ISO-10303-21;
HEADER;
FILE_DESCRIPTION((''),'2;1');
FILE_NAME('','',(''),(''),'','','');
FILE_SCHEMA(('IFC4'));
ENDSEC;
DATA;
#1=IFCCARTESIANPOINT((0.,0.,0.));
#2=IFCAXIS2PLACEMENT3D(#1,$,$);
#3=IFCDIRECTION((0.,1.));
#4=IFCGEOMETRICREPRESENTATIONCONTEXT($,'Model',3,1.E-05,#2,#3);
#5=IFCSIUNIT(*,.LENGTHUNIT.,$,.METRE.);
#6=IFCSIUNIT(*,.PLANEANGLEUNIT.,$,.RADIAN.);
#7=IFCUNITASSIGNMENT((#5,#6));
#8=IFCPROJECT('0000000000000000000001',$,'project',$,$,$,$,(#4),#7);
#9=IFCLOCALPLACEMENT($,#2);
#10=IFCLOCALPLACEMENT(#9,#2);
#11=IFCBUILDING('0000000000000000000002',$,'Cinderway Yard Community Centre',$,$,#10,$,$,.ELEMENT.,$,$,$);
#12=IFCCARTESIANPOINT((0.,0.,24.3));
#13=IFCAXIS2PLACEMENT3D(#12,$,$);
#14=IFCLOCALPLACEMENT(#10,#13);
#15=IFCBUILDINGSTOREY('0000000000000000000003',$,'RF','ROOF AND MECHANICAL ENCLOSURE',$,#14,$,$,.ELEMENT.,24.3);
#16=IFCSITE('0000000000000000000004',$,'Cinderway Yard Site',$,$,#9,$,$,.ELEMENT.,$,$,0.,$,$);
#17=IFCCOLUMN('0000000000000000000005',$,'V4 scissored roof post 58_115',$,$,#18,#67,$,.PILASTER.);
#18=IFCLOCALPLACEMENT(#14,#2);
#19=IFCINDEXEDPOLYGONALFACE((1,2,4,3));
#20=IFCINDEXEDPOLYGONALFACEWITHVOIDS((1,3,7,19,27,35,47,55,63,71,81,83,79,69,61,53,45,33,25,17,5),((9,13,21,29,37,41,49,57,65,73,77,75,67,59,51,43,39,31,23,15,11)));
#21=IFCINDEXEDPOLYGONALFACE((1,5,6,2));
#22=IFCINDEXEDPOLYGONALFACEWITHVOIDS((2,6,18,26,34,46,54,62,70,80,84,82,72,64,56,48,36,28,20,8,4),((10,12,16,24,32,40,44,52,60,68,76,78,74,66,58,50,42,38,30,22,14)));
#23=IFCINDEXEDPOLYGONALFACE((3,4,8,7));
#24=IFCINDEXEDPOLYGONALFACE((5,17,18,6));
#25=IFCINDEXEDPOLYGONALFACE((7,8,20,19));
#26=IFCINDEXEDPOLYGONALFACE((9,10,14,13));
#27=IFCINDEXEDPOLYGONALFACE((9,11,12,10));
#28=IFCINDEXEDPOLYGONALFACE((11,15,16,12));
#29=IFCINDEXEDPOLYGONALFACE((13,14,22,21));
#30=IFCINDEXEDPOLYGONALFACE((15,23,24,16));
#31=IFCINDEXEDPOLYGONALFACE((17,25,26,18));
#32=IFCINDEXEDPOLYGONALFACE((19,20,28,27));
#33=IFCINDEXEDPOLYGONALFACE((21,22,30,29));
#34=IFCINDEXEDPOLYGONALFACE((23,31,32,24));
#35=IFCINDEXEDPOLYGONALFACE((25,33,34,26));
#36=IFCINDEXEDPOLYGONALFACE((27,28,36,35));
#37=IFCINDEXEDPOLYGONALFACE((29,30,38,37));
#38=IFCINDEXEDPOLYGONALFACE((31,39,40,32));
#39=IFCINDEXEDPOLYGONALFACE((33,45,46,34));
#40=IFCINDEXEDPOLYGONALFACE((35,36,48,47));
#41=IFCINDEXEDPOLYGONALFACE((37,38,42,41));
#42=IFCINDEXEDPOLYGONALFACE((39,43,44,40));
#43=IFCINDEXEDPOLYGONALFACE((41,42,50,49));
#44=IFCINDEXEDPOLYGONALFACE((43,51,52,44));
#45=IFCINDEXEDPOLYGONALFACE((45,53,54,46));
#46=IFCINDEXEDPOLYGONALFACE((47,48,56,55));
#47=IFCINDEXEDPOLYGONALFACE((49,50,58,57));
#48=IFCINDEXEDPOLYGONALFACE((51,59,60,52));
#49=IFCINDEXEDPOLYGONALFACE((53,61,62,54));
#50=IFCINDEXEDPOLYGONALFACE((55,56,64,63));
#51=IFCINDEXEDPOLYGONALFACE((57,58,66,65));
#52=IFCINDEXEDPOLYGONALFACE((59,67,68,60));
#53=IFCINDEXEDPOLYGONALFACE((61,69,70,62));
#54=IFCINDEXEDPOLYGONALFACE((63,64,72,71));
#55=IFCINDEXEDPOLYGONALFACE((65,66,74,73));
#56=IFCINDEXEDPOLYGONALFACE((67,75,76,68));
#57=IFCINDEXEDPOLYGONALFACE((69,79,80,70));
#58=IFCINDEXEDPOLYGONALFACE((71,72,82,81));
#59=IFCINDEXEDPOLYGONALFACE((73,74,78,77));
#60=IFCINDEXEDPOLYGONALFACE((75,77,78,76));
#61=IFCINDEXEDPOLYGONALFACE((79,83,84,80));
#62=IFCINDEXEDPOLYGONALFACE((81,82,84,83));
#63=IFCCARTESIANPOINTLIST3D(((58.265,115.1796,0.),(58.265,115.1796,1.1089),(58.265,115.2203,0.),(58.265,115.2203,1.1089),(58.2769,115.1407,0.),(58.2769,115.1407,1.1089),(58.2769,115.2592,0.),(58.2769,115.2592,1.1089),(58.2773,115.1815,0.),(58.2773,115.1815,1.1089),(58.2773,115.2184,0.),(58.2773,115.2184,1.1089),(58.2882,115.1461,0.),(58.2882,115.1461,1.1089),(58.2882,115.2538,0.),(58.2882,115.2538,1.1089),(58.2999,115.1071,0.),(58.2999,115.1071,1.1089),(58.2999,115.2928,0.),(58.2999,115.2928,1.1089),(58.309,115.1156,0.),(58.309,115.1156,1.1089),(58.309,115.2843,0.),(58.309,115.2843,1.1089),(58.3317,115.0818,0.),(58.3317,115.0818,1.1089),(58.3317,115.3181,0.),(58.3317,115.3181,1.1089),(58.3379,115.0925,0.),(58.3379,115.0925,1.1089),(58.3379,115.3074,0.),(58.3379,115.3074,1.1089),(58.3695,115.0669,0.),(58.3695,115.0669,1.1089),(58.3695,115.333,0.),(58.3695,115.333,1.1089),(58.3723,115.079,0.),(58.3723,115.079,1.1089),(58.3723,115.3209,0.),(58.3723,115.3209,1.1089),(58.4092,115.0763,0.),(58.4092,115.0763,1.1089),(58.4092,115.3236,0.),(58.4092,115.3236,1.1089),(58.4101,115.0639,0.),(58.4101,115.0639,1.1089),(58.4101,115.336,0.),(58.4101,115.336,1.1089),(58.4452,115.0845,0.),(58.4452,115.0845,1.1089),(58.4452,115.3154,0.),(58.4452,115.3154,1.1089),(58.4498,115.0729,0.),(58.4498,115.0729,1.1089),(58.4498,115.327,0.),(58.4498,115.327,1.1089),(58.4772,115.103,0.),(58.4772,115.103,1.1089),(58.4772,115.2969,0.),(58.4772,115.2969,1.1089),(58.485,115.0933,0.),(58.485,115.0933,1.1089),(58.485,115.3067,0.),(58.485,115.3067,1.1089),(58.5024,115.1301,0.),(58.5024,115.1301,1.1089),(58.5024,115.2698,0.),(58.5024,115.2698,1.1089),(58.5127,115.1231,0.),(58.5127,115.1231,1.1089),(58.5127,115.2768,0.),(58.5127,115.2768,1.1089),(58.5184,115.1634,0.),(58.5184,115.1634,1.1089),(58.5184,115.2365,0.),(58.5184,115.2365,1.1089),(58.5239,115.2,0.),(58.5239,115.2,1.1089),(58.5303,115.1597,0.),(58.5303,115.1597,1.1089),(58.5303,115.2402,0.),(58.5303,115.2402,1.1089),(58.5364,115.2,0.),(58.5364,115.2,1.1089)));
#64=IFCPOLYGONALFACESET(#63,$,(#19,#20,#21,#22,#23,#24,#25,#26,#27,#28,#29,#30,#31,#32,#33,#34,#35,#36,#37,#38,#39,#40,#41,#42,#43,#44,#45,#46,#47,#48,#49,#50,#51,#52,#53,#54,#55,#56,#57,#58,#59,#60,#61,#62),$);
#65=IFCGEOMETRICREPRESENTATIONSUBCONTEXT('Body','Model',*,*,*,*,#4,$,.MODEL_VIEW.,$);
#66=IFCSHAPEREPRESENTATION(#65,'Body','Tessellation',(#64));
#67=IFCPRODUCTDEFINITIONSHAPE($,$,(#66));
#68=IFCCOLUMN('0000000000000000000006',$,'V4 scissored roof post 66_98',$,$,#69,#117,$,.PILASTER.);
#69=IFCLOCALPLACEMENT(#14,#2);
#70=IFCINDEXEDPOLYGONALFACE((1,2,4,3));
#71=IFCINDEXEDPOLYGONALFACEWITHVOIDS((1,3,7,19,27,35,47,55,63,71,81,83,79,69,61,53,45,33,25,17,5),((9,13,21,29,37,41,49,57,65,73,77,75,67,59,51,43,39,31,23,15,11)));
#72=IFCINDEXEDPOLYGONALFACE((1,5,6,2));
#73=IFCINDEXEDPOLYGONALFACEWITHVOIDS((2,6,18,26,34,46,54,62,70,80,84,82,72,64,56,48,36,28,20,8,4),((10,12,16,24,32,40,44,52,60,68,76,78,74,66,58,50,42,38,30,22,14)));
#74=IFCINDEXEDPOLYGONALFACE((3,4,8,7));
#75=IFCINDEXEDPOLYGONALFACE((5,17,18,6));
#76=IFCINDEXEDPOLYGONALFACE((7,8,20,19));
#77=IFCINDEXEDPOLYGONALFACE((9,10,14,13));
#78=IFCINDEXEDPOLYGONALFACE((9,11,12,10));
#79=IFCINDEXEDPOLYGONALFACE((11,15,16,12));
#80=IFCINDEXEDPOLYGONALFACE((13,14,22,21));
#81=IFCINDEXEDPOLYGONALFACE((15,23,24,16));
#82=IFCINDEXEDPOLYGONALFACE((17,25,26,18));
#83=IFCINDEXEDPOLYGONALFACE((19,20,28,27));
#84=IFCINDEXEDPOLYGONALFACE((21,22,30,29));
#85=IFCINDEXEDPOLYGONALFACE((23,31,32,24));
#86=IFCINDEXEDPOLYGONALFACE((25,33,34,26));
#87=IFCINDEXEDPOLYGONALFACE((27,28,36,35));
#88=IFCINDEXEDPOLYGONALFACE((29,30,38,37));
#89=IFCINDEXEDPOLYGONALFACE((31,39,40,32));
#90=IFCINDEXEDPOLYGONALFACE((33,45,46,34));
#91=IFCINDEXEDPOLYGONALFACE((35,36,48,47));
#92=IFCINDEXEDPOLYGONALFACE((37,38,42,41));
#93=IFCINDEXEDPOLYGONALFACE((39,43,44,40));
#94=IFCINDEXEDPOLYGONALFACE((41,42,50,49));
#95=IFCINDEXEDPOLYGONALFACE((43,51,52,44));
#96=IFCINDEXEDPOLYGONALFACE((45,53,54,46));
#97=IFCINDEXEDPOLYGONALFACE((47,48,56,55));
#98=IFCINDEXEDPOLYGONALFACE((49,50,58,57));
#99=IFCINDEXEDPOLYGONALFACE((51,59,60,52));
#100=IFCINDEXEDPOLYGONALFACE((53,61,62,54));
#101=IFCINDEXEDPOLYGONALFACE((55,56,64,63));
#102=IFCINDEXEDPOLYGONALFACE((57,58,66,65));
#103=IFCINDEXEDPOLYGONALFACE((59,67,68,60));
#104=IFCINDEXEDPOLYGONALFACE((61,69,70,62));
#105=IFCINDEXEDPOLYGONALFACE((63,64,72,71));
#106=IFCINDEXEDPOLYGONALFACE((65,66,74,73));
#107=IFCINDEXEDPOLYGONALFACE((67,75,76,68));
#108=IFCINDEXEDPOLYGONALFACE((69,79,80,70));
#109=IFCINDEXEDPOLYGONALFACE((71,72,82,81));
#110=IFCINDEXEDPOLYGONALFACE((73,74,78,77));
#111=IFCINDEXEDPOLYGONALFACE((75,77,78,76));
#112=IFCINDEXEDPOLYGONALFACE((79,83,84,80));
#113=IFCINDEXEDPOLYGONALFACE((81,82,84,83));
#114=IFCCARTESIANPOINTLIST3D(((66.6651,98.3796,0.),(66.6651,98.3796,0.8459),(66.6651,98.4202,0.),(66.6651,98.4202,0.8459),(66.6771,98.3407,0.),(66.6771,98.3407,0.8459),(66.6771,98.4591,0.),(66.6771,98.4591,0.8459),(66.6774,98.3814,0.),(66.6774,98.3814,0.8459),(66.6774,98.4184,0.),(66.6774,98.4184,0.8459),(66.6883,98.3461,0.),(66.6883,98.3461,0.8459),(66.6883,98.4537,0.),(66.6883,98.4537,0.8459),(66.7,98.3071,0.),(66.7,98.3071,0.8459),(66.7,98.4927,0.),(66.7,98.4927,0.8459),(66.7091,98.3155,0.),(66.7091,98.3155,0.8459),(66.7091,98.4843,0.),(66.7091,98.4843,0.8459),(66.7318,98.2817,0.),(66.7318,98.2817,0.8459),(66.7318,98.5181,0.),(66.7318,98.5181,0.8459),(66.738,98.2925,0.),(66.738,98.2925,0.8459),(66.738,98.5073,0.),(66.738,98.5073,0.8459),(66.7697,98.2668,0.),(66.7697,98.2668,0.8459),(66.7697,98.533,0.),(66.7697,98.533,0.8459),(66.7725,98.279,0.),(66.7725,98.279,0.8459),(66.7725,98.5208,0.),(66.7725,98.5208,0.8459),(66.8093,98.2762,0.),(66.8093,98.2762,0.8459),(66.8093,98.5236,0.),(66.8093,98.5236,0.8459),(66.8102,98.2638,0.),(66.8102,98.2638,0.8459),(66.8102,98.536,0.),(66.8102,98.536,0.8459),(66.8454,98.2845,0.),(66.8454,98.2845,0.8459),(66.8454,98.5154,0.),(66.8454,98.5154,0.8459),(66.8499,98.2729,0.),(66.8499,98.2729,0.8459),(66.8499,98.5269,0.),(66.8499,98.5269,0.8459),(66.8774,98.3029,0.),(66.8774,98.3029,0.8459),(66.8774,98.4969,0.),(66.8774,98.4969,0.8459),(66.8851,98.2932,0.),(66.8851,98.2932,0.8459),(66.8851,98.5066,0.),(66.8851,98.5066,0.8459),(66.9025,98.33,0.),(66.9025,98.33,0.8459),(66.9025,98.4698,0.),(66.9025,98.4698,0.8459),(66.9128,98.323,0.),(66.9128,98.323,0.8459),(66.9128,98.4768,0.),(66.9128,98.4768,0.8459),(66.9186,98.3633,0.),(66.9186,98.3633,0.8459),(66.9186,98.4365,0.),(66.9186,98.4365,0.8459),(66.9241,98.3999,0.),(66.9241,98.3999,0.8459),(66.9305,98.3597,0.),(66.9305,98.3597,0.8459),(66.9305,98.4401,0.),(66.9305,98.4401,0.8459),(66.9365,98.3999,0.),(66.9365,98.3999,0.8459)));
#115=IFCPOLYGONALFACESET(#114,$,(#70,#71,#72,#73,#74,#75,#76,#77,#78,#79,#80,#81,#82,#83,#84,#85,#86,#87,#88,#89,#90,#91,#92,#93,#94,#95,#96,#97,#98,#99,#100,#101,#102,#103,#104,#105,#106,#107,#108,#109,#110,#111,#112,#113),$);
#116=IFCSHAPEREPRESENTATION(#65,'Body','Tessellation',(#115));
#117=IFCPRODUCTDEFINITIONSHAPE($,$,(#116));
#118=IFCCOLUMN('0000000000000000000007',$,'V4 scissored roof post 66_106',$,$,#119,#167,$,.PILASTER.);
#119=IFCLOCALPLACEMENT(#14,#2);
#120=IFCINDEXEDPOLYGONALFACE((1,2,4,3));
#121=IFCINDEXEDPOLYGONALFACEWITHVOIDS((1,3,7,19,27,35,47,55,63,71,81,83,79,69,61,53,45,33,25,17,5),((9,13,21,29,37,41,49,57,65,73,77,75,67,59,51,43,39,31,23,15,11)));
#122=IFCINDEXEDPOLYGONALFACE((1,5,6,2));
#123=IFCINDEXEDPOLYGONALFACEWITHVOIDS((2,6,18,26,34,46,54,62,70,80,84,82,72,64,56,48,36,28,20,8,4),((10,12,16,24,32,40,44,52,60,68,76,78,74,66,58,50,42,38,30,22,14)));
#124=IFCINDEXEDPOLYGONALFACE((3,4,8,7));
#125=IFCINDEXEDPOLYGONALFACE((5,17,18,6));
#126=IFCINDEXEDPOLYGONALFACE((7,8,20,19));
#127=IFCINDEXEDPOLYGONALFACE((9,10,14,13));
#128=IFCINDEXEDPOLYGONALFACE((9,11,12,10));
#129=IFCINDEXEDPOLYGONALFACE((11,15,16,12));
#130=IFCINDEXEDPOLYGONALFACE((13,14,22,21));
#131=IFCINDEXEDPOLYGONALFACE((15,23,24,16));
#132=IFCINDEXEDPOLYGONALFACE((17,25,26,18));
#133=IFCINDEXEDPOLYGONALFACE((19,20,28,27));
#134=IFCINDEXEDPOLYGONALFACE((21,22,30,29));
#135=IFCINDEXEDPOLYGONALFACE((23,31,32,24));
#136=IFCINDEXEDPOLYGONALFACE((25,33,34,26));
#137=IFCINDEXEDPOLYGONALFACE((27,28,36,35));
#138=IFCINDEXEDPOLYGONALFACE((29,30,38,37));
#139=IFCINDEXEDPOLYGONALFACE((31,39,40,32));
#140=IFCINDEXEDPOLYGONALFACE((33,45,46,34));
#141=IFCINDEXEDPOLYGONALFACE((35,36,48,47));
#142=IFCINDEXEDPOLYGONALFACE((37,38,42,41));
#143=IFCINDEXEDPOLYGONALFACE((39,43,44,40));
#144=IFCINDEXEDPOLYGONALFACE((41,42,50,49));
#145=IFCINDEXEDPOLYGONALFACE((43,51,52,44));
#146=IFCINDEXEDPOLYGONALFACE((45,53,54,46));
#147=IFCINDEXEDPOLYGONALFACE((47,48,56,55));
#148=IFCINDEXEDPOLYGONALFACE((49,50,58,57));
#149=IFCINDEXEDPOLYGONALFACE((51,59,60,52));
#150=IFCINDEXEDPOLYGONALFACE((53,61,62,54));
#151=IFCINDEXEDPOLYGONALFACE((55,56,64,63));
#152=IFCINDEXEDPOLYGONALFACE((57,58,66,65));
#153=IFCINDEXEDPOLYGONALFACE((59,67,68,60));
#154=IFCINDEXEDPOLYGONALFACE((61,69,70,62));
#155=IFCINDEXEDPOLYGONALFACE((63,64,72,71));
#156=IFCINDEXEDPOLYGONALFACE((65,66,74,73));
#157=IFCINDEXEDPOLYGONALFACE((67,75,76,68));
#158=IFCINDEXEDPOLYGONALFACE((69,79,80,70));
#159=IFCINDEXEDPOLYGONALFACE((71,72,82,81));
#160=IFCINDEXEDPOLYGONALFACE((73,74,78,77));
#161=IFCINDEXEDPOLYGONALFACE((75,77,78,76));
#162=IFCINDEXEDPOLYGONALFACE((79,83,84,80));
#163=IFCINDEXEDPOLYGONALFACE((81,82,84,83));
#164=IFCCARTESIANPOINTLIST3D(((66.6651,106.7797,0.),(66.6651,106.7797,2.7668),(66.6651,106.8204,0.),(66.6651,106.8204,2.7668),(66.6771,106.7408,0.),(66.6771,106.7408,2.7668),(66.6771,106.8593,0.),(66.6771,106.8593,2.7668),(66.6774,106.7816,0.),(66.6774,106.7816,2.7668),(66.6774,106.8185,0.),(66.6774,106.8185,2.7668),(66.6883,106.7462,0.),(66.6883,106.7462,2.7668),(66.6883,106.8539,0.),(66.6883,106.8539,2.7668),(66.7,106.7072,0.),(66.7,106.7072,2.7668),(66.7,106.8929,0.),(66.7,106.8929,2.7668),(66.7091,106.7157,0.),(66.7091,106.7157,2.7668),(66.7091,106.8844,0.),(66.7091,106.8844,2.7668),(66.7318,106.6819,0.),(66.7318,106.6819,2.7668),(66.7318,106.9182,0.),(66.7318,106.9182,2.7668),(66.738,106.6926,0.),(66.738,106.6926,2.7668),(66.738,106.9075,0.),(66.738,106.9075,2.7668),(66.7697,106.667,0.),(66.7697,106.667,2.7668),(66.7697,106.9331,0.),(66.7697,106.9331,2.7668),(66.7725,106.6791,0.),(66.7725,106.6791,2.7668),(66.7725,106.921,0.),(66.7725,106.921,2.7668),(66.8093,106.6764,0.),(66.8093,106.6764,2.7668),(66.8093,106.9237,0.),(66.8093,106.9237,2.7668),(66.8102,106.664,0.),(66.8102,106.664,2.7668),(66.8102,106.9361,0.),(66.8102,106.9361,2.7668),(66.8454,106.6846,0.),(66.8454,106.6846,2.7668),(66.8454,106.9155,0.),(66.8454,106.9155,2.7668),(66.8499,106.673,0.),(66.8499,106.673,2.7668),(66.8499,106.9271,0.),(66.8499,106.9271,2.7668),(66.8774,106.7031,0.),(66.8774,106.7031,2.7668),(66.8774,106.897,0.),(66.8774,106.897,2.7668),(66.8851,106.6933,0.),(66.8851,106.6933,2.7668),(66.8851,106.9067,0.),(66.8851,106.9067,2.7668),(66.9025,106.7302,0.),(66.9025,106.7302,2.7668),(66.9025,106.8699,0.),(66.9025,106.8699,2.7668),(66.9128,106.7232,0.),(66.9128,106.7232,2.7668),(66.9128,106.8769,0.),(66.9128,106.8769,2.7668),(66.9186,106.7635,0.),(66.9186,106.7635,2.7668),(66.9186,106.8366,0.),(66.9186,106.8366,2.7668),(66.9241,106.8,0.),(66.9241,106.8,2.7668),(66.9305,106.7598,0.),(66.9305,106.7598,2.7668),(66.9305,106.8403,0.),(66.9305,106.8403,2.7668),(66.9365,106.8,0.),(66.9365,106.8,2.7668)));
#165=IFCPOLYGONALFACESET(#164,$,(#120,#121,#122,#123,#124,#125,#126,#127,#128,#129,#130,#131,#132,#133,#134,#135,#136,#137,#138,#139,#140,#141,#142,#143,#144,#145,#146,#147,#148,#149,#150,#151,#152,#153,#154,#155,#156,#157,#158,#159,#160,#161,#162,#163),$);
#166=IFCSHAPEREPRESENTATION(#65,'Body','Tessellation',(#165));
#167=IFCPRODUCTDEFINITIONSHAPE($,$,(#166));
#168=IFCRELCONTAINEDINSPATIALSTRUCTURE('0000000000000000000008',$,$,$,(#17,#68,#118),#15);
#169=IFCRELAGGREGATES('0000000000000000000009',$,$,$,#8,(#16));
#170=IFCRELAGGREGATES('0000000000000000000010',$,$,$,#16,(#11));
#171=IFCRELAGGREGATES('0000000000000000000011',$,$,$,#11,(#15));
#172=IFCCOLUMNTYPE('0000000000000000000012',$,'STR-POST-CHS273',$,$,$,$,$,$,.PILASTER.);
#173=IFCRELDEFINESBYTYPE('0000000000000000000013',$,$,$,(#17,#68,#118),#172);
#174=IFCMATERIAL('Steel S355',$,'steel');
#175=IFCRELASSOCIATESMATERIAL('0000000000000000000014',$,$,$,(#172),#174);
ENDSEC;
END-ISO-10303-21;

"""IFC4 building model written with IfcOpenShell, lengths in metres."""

from ifc_helpers import new_model, si_unit, direction, frame, origin, origin_2d, place, context, subcontext, project, spatial, hollow_circle, extrude, material, material_profile, profile_set, type_object, element, save


model = new_model("IFC4")

# Units and contexts
model_context = context("Model", 3, precision=1e-05, world=origin(), true_north=direction((0.0, 1.0)))
body_context = subcontext(model_context, "Body", "Model", "MODEL_VIEW")
ifc_project = project(units=[si_unit("LENGTHUNIT", "METRE"), si_unit("PLANEANGLEUNIT", "RADIAN")], contexts=[model_context])

# Site, building, storey
site_placement = place(None, origin())
site = spatial("IfcSite", under=ifc_project, at=site_placement, Name="Cinderway Yard Site", CompositionType="ELEMENT", RefElevation=0.0)
building_placement = place(site_placement, origin())
building = spatial("IfcBuilding", under=site, at=building_placement, Name="Cinderway Yard Community Centre", CompositionType="ELEMENT")
storey_placement = place(building_placement, frame((0.0, 0.0, 24.3)))
storey = spatial("IfcBuildingStorey", under=building, at=storey_placement, Name="RF", Description="ROOF AND MECHANICAL ENCLOSURE", CompositionType="ELEMENT", Elevation=24.3)

# Columns
ifc_material_1 = material(Name="Steel S355", Category="steel")
ifc_material_profile_1 = material_profile(ifc_material_1, hollow_circle(Radius=0.1365, WallThickness=0.0125, at=origin_2d()), Name="Steel S355")
ifc_profile_set_1 = profile_set([ifc_material_profile_1], Name="Steel S355")
column_type = type_object("IfcColumnType", Name="STR-POST-CHS273", PredefinedType="PILASTER", material=ifc_profile_set_1)
column_1_placement = place(storey_placement, frame((58.3999, 115.2, 0.0), z_axis=(0.0, 0.0, 1.0), x_axis=(1.0, 0.0, 0.0)))
element("IfcColumn", 1, at=column_1_placement, inside=storey, type_object=column_type, Name="V4 scissored roof post 58_115", PredefinedType="PILASTER", context=body_context, shape_type="SweptSolid", body=[
    extrude(hollow_circle(Radius=0.1365, WallThickness=0.0125, at=origin_2d()), origin(), (0.0, 0.0, 1.0), 1.1089),
])
column_2_placement = place(storey_placement, frame((66.8, 98.3999, 0.0), z_axis=(0.0, 0.0, 1.0), x_axis=(1.0, 0.0, 0.0)))
element("IfcColumn", 2, at=column_2_placement, inside=storey, type_object=column_type, Name="V4 scissored roof post 66_98", PredefinedType="PILASTER", context=body_context, shape_type="SweptSolid", body=[
    extrude(hollow_circle(Radius=0.1365, WallThickness=0.0125, at=origin_2d()), origin(), (0.0, 0.0, 1.0), 0.8459),
])
column_3_placement = place(storey_placement, frame((66.8, 106.8, 0.0), z_axis=(0.0, 0.0, 1.0), x_axis=(1.0, 0.0, 0.0)))
element("IfcColumn", 3, at=column_3_placement, inside=storey, type_object=column_type, Name="V4 scissored roof post 66_106", PredefinedType="PILASTER", context=body_context, shape_type="SweptSolid", body=[
    extrude(hollow_circle(Radius=0.1365, WallThickness=0.0125, at=origin_2d()), origin(), (0.0, 0.0, 1.0), 2.7668),
])

save(model, "model.ifc")
